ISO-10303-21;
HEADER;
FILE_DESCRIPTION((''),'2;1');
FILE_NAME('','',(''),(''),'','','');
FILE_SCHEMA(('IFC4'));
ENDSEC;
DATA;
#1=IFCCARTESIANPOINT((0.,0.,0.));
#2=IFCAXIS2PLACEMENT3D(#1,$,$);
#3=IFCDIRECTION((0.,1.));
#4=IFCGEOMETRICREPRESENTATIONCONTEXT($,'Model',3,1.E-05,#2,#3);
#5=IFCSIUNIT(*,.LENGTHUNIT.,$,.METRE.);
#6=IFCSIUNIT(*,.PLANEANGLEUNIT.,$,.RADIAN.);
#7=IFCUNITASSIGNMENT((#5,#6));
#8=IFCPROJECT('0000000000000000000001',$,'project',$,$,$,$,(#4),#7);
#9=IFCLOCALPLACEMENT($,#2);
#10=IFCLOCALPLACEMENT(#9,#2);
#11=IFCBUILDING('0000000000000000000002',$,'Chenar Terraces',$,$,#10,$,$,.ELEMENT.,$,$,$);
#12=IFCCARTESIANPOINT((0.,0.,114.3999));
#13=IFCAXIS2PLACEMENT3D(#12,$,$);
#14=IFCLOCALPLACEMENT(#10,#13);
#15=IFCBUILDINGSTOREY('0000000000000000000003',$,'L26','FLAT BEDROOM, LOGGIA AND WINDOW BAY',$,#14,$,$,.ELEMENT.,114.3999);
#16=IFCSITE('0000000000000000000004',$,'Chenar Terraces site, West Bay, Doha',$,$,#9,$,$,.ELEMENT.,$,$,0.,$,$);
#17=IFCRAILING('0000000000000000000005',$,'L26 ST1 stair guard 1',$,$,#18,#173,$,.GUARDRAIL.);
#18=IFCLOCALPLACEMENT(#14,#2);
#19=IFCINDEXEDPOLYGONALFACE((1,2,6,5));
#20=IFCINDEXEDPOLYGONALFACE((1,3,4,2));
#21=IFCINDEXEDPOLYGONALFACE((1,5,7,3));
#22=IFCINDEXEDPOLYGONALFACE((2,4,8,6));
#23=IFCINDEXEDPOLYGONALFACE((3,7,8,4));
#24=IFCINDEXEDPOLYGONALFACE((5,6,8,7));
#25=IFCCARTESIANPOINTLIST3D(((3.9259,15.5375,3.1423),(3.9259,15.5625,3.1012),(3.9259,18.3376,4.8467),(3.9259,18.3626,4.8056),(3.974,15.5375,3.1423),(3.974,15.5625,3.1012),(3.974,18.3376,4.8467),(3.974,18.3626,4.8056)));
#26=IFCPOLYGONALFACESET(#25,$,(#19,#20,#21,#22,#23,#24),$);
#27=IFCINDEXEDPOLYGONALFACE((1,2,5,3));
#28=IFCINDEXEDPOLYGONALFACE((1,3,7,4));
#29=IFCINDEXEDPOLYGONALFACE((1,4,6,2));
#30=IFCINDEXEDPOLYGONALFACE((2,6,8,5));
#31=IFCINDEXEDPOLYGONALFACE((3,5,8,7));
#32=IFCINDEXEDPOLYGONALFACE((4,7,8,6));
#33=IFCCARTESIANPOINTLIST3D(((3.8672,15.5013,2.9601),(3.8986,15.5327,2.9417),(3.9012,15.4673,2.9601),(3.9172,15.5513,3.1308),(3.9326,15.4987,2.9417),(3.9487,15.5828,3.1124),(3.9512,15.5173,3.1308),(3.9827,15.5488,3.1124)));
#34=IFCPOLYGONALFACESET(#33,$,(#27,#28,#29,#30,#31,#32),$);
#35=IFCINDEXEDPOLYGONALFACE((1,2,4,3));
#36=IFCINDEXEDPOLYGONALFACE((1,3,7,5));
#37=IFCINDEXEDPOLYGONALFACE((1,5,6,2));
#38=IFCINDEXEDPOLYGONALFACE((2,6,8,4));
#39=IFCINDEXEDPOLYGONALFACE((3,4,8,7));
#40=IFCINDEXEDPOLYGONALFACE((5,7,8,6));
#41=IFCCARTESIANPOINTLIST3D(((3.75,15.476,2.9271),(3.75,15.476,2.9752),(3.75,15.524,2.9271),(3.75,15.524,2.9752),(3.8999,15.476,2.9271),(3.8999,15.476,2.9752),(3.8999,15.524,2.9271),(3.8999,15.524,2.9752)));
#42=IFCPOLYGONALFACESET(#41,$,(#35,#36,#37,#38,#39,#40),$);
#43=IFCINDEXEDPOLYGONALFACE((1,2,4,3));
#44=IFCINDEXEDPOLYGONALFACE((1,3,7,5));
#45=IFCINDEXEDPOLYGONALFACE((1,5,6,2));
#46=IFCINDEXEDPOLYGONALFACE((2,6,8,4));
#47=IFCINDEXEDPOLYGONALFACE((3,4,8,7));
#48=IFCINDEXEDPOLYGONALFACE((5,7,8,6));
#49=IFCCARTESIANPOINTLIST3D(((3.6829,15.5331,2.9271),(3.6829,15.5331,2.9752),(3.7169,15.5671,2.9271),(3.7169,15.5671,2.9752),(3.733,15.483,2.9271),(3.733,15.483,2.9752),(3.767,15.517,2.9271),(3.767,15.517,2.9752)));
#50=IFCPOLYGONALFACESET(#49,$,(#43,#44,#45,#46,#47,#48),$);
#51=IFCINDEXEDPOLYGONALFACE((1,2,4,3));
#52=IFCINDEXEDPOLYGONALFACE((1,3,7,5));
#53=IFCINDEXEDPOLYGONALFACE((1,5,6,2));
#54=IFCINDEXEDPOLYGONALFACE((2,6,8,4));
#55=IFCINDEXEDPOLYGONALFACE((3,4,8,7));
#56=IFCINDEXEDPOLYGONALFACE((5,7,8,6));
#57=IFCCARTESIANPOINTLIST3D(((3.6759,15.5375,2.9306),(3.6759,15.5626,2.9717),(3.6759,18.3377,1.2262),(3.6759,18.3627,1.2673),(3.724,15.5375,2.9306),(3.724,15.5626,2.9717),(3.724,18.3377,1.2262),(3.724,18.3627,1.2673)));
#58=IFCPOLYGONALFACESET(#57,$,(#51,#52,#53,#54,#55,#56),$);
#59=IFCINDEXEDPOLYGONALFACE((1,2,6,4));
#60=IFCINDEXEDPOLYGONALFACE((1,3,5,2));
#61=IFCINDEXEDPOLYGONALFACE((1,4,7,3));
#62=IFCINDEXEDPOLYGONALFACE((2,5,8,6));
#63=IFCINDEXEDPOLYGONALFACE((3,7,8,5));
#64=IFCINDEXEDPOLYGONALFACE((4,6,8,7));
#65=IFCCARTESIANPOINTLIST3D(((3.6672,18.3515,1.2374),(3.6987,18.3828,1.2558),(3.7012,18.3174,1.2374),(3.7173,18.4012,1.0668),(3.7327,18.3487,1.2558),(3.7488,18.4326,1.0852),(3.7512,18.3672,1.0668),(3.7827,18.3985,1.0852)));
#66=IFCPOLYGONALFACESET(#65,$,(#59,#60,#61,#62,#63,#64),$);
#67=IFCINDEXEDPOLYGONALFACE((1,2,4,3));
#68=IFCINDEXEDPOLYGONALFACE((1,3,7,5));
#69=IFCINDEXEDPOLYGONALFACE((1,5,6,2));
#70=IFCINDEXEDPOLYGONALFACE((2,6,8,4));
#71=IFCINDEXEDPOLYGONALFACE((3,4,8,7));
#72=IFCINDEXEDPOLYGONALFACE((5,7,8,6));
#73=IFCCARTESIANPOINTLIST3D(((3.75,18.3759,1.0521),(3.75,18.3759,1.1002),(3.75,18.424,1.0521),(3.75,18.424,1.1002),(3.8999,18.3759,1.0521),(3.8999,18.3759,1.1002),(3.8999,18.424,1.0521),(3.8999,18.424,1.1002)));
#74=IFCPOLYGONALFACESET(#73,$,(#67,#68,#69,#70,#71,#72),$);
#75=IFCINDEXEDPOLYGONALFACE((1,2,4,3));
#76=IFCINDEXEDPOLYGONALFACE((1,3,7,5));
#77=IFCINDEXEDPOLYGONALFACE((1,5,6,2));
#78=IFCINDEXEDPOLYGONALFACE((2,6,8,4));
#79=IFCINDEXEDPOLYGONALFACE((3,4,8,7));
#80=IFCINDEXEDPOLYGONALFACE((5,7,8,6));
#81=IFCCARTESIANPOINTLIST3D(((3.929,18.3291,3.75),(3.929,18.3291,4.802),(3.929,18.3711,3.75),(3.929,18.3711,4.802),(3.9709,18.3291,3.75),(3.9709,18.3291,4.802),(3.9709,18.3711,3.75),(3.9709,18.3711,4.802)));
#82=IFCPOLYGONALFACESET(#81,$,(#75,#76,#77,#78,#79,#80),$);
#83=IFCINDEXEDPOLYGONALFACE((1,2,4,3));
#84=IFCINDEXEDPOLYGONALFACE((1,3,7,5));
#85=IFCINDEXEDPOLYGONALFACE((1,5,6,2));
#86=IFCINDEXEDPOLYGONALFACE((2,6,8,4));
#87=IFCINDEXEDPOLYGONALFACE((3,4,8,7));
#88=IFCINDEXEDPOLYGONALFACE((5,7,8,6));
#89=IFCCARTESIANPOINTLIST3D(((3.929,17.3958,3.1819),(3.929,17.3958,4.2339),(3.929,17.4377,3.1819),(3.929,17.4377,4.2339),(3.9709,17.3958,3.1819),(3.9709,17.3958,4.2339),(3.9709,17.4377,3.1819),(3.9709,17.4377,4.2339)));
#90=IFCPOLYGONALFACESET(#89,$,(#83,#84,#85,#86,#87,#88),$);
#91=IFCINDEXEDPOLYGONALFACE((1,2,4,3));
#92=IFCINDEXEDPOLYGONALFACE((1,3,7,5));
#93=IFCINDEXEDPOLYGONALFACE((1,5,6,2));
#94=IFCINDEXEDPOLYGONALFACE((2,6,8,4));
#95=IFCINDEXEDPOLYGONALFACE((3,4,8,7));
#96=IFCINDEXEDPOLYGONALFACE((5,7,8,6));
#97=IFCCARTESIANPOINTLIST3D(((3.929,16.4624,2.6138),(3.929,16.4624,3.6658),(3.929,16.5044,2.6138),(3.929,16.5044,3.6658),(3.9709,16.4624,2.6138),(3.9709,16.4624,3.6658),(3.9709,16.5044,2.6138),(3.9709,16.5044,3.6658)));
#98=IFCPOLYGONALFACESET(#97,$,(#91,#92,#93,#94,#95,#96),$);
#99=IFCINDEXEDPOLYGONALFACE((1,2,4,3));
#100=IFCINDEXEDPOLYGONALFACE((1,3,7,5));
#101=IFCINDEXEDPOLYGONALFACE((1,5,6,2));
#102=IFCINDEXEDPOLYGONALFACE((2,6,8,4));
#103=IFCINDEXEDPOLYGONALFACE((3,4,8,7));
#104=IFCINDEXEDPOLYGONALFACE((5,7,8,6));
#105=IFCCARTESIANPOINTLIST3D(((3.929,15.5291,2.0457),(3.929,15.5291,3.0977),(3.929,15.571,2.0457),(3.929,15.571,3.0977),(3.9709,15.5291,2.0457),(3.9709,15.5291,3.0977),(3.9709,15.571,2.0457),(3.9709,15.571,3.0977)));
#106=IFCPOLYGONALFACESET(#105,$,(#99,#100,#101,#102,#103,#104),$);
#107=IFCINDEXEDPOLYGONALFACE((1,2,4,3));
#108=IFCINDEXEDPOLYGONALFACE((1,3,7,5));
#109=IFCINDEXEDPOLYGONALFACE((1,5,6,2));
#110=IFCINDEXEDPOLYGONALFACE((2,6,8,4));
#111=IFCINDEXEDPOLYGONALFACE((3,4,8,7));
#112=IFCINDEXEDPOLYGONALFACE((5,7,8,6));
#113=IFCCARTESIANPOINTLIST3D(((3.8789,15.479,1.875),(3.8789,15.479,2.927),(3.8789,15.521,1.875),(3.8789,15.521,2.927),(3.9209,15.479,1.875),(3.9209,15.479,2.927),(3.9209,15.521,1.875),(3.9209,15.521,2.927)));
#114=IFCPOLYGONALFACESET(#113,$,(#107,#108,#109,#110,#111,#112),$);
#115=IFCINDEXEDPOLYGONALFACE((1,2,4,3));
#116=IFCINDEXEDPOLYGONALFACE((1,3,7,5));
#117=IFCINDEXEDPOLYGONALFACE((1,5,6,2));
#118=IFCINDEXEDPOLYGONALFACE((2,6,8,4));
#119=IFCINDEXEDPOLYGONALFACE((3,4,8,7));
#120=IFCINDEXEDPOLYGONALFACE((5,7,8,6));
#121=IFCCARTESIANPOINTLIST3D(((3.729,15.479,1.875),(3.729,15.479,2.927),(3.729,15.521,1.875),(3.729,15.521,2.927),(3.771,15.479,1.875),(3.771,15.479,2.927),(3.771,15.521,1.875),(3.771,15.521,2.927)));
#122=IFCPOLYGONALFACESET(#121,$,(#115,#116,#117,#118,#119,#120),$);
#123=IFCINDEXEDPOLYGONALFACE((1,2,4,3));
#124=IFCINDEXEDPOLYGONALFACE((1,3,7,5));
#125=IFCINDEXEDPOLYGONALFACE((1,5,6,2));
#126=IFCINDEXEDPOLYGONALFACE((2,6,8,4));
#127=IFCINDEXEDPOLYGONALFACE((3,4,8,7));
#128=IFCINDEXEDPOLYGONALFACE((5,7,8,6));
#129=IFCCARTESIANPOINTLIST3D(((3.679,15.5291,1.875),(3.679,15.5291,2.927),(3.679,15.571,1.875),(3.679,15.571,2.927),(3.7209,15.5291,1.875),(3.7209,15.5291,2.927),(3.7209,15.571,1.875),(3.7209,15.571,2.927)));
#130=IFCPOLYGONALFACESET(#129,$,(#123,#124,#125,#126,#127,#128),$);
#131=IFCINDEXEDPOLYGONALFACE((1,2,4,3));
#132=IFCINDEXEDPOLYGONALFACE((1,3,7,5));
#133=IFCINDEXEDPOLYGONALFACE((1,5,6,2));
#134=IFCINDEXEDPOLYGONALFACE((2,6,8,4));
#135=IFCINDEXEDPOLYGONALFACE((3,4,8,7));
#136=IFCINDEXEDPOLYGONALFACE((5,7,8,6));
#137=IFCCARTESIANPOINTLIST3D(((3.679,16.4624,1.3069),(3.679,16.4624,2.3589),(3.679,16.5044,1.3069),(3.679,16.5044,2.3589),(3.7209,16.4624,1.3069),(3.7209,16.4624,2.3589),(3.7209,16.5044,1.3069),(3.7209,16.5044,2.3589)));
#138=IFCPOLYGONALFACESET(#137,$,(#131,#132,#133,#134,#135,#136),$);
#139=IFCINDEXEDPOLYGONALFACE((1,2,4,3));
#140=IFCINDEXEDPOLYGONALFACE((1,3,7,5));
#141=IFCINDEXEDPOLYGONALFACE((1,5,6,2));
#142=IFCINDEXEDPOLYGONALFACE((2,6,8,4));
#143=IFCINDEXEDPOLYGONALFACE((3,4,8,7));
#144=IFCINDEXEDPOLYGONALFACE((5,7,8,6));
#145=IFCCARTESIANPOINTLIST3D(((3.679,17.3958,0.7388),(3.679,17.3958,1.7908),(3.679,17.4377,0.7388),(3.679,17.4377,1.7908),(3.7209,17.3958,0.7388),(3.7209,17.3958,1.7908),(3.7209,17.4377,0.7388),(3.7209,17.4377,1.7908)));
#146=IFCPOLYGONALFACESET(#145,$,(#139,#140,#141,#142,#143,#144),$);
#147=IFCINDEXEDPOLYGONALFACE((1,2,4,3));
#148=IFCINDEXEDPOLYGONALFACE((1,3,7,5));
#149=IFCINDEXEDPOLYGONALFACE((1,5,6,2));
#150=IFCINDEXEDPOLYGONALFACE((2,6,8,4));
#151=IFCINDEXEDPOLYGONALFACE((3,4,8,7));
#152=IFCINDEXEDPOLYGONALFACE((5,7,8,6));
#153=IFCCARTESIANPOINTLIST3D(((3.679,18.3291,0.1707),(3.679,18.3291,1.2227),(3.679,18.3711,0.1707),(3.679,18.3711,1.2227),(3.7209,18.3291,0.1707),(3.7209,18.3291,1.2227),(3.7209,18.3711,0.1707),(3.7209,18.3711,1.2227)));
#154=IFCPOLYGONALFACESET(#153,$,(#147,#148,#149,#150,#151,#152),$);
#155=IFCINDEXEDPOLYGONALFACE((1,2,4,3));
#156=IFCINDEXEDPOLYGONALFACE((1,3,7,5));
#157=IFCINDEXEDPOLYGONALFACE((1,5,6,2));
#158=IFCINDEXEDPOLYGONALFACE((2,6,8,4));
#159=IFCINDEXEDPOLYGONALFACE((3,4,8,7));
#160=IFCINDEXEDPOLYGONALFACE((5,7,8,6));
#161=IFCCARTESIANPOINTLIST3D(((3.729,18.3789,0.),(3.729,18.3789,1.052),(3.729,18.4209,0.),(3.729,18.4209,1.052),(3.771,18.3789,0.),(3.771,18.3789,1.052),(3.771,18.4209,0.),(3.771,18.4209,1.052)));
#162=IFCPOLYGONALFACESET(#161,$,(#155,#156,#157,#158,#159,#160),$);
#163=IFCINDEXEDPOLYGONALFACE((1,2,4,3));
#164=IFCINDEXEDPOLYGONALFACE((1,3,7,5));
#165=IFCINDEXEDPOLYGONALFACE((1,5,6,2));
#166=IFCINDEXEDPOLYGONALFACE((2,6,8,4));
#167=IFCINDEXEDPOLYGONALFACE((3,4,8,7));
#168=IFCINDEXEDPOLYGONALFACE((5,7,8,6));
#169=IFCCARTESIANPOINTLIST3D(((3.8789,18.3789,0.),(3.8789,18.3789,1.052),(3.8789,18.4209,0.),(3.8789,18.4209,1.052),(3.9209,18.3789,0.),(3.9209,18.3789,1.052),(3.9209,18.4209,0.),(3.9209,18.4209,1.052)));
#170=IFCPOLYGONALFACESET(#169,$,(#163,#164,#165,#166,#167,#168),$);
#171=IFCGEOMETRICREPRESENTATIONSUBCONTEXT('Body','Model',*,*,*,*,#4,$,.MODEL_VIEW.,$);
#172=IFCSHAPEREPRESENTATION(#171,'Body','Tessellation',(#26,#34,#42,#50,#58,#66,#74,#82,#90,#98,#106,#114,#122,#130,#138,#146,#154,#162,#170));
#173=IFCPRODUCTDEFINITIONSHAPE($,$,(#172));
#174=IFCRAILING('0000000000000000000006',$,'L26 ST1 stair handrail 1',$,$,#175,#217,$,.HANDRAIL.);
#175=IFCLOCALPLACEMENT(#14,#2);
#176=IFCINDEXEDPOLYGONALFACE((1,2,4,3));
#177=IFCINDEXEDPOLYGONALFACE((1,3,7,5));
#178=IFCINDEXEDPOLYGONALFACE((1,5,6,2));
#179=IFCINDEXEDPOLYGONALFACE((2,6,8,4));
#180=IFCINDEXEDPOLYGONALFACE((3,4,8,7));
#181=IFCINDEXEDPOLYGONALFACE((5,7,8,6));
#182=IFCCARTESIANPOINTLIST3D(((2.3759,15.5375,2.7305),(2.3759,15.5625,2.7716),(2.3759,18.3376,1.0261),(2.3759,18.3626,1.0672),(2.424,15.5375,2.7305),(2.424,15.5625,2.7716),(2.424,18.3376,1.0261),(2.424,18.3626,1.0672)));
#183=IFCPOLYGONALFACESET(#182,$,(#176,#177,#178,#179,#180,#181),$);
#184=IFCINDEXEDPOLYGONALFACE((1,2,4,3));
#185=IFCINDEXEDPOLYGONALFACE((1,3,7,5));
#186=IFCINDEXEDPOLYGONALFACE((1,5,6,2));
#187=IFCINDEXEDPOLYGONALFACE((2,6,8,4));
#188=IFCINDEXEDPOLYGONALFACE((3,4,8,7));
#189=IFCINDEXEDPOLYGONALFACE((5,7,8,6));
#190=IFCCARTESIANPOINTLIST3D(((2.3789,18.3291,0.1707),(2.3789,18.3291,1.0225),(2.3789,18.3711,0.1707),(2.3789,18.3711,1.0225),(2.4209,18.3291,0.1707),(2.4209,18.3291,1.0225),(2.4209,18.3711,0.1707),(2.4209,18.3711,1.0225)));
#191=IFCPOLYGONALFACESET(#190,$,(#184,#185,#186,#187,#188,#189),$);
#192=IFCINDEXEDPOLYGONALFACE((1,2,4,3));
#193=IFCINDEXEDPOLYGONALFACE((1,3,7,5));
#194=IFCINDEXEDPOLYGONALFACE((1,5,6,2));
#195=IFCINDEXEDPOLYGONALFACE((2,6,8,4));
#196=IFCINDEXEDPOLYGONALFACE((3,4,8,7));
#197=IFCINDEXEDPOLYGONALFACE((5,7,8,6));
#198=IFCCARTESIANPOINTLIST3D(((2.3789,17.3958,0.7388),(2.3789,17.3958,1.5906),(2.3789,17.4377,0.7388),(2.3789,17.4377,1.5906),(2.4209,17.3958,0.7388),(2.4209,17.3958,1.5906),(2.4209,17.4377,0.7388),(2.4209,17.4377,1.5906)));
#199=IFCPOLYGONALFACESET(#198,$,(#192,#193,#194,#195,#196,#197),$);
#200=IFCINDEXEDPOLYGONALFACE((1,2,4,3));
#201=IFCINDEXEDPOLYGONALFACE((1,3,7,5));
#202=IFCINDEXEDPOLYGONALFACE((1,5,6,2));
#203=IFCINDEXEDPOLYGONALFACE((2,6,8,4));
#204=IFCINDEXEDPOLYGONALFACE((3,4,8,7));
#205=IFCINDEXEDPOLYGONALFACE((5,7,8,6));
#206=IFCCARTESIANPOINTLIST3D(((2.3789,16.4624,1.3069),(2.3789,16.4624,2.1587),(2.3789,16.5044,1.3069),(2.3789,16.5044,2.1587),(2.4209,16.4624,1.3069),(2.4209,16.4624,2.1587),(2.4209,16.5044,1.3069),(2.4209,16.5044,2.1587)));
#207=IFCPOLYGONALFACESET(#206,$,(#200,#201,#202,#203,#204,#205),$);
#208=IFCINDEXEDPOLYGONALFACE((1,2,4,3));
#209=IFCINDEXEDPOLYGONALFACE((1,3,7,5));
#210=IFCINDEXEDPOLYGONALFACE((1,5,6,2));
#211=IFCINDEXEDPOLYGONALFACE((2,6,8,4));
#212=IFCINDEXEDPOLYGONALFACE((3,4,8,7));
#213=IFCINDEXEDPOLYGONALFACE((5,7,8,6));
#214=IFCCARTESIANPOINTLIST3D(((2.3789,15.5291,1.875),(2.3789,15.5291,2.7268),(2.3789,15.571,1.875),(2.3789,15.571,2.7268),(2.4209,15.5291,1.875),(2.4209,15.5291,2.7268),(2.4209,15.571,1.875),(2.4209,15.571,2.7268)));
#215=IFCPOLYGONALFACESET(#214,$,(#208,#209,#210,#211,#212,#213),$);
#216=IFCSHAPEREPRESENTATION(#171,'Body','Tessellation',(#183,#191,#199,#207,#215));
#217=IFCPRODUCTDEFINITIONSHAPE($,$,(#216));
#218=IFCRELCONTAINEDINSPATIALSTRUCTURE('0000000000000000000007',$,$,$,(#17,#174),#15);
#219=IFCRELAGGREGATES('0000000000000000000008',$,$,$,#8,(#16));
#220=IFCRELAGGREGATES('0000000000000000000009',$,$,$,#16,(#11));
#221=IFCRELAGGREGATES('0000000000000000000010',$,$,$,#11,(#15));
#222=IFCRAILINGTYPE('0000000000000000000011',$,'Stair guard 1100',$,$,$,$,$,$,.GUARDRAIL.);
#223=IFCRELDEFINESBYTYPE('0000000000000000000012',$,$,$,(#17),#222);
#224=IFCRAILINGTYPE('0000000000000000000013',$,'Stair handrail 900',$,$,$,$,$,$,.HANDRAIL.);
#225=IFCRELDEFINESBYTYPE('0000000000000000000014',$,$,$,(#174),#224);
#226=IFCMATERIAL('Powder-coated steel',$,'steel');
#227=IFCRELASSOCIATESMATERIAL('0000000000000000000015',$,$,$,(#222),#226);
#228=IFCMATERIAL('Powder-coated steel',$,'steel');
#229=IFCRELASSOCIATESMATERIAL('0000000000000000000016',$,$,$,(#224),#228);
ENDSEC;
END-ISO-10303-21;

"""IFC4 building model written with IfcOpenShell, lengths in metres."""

from ifc_helpers import new_model, si_unit, direction, frame, origin, origin_2d, place, context, subcontext, project, spatial, rectangle, extrude, material, type_object, element, save


model = new_model("IFC4")

# Units and contexts
model_context = context("Model", 3, precision=1e-05, world=origin(), true_north=direction((0.0, 1.0)))
body_context = subcontext(model_context, "Body", "Model", "MODEL_VIEW")
ifc_project = project(units=[si_unit("LENGTHUNIT", "METRE"), si_unit("PLANEANGLEUNIT", "RADIAN")], contexts=[model_context])

# Site, building, storey
site_placement = place(None, origin())
site = spatial("IfcSite", under=ifc_project, at=site_placement, Name="Chenar Terraces site, West Bay, Doha", CompositionType="ELEMENT", RefElevation=0.0)
building_placement = place(site_placement, origin())
building = spatial("IfcBuilding", under=site, at=building_placement, Name="Chenar Terraces", CompositionType="ELEMENT")
storey_placement = place(building_placement, frame((0.0, 0.0, 114.3999)))
storey = spatial("IfcBuildingStorey", under=building, at=storey_placement, Name="L26", Description="FLAT BEDROOM, LOGGIA AND WINDOW BAY", CompositionType="ELEMENT", Elevation=114.3999)

# Railings
ifc_material_1 = material(Name="Powder-coated steel", Category="steel")
railing_type_1 = type_object("IfcRailingType", Name="Stair guard 1100", PredefinedType="GUARDRAIL", material=ifc_material_1)
railing_1_placement = place(storey_placement, frame((3.95, 18.3501, 3.75)))
element("IfcRailing", 1, at=railing_1_placement, inside=storey, type_object=railing_type_1, Name="L26 ST1 stair guard 1", PredefinedType="GUARDRAIL", context=body_context, shape_type="SweptSolid", body=[
    extrude(rectangle(XDim=0.0481, YDim=0.0481, at=origin_2d()), frame((0.0, 0.0, 1.0762), z_axis=(0.0, -0.854203, -0.51994), x_axis=(1.0, 0.0, 0.0)), (0.0, 0.0, 1.0), 3.2781),
    extrude(rectangle(XDim=0.0481, YDim=0.0481, at=origin_2d()), frame((0.0, -2.8, -0.6284), z_axis=(-0.2709, -0.2709, -0.923703), x_axis=(0.707107, -0.707107, 0.0)), (0.0, 0.0, 1.0), 0.1848),
    extrude(rectangle(XDim=0.0481, YDim=0.0481, at=origin_2d()), frame((-0.05, -2.8501, -0.7988), z_axis=(-1.0, 0.0, 0.0), x_axis=(0.0, -1.0, 0.0)), (0.0, 0.0, 1.0), 0.1499),
    extrude(rectangle(XDim=0.0481, YDim=0.0481, at=origin_2d()), frame((-0.2, -2.8501, -0.7988), z_axis=(-0.707107, 0.707107, 0.0), x_axis=(-0.707107, -0.707107, 0.0)), (0.0, 0.0, 1.0), 0.0708),
    extrude(rectangle(XDim=0.0481, YDim=0.0481, at=origin_2d()), frame((-0.25, -2.8, -0.7988), z_axis=(0.0, 0.854203, -0.51994), x_axis=(-1.0, 0.0, 0.0)), (0.0, 0.0, 1.0), 3.2781),
    extrude(rectangle(XDim=0.0481, YDim=0.0481, at=origin_2d()), frame((-0.25, 0.0, -2.5034), z_axis=(0.270997, 0.269675, -0.924033), x_axis=(-0.705376, 0.708834, 0.0)), (0.0, 0.0, 1.0), 0.1846),
    extrude(rectangle(XDim=0.0481, YDim=0.0481, at=origin_2d()), frame((-0.2, 0.0498, -2.6738), z_axis=(1.0, 0.0, 0.0), x_axis=(0.0, 1.0, 0.0)), (0.0, 0.0, 1.0), 0.1499),
    extrude(rectangle(XDim=0.042, YDim=0.042, at=origin_2d()), origin(), (0.0, 0.0, 1.0), 1.052),
    extrude(rectangle(XDim=0.042, YDim=0.042, at=origin_2d()), frame((0.0, -0.9333, -0.5681)), (0.0, 0.0, 1.0), 1.052),
    extrude(rectangle(XDim=0.042, YDim=0.042, at=origin_2d()), frame((0.0, -1.8667, -1.1362)), (0.0, 0.0, 1.0), 1.052),
    extrude(rectangle(XDim=0.042, YDim=0.042, at=origin_2d()), frame((0.0, -2.8, -1.7043)), (0.0, 0.0, 1.0), 1.052),
    extrude(rectangle(XDim=0.042, YDim=0.042, at=origin_2d()), frame((-0.05, -2.8501, -1.875)), (0.0, 0.0, 1.0), 1.052),
    extrude(rectangle(XDim=0.042, YDim=0.042, at=origin_2d()), frame((-0.2, -2.8501, -1.875)), (0.0, 0.0, 1.0), 1.052),
    extrude(rectangle(XDim=0.042, YDim=0.042, at=origin_2d()), frame((-0.25, -2.8, -1.875)), (0.0, 0.0, 1.0), 1.052),
    extrude(rectangle(XDim=0.042, YDim=0.042, at=origin_2d()), frame((-0.25, -1.8667, -2.4431)), (0.0, 0.0, 1.0), 1.052),
    extrude(rectangle(XDim=0.042, YDim=0.042, at=origin_2d()), frame((-0.25, -0.9333, -3.0112)), (0.0, 0.0, 1.0), 1.052),
    extrude(rectangle(XDim=0.042, YDim=0.042, at=origin_2d()), frame((-0.25, 0.0, -3.5793)), (0.0, 0.0, 1.0), 1.052),
    extrude(rectangle(XDim=0.042, YDim=0.042, at=origin_2d()), frame((-0.2, 0.0498, -3.75)), (0.0, 0.0, 1.0), 1.052),
    extrude(rectangle(XDim=0.042, YDim=0.042, at=origin_2d()), frame((-0.05, 0.0498, -3.75)), (0.0, 0.0, 1.0), 1.052),
])
ifc_material_2 = material(Name="Powder-coated steel", Category="steel")
railing_type_2 = type_object("IfcRailingType", Name="Stair handrail 900", PredefinedType="HANDRAIL", material=ifc_material_2)
railing_2_placement = place(storey_placement, frame((2.3999, 18.3501, 0.1707)))
element("IfcRailing", 2, at=railing_2_placement, inside=storey, type_object=railing_type_2, Name="L26 ST1 stair handrail 1", PredefinedType="HANDRAIL", context=body_context, shape_type="SweptSolid", body=[
    extrude(rectangle(XDim=0.0481, YDim=0.0481, at=origin_2d()), frame((0.0, 0.0, 0.876), z_axis=(0.0, -0.854203, 0.51994), x_axis=(1.0, 0.0, 0.0)), (0.0, 0.0, 1.0), 3.2781),
    extrude(rectangle(XDim=0.042, YDim=0.042, at=origin_2d()), origin(), (0.0, 0.0, 1.0), 0.8518),
    extrude(rectangle(XDim=0.042, YDim=0.042, at=origin_2d()), frame((0.0, -0.9333, 0.5681)), (0.0, 0.0, 1.0), 0.8518),
    extrude(rectangle(XDim=0.042, YDim=0.042, at=origin_2d()), frame((0.0, -1.8667, 1.1362)), (0.0, 0.0, 1.0), 0.8518),
    extrude(rectangle(XDim=0.042, YDim=0.042, at=origin_2d()), frame((0.0, -2.8, 1.7043)), (0.0, 0.0, 1.0), 0.8518),
])

save(model, "model.ifc")
